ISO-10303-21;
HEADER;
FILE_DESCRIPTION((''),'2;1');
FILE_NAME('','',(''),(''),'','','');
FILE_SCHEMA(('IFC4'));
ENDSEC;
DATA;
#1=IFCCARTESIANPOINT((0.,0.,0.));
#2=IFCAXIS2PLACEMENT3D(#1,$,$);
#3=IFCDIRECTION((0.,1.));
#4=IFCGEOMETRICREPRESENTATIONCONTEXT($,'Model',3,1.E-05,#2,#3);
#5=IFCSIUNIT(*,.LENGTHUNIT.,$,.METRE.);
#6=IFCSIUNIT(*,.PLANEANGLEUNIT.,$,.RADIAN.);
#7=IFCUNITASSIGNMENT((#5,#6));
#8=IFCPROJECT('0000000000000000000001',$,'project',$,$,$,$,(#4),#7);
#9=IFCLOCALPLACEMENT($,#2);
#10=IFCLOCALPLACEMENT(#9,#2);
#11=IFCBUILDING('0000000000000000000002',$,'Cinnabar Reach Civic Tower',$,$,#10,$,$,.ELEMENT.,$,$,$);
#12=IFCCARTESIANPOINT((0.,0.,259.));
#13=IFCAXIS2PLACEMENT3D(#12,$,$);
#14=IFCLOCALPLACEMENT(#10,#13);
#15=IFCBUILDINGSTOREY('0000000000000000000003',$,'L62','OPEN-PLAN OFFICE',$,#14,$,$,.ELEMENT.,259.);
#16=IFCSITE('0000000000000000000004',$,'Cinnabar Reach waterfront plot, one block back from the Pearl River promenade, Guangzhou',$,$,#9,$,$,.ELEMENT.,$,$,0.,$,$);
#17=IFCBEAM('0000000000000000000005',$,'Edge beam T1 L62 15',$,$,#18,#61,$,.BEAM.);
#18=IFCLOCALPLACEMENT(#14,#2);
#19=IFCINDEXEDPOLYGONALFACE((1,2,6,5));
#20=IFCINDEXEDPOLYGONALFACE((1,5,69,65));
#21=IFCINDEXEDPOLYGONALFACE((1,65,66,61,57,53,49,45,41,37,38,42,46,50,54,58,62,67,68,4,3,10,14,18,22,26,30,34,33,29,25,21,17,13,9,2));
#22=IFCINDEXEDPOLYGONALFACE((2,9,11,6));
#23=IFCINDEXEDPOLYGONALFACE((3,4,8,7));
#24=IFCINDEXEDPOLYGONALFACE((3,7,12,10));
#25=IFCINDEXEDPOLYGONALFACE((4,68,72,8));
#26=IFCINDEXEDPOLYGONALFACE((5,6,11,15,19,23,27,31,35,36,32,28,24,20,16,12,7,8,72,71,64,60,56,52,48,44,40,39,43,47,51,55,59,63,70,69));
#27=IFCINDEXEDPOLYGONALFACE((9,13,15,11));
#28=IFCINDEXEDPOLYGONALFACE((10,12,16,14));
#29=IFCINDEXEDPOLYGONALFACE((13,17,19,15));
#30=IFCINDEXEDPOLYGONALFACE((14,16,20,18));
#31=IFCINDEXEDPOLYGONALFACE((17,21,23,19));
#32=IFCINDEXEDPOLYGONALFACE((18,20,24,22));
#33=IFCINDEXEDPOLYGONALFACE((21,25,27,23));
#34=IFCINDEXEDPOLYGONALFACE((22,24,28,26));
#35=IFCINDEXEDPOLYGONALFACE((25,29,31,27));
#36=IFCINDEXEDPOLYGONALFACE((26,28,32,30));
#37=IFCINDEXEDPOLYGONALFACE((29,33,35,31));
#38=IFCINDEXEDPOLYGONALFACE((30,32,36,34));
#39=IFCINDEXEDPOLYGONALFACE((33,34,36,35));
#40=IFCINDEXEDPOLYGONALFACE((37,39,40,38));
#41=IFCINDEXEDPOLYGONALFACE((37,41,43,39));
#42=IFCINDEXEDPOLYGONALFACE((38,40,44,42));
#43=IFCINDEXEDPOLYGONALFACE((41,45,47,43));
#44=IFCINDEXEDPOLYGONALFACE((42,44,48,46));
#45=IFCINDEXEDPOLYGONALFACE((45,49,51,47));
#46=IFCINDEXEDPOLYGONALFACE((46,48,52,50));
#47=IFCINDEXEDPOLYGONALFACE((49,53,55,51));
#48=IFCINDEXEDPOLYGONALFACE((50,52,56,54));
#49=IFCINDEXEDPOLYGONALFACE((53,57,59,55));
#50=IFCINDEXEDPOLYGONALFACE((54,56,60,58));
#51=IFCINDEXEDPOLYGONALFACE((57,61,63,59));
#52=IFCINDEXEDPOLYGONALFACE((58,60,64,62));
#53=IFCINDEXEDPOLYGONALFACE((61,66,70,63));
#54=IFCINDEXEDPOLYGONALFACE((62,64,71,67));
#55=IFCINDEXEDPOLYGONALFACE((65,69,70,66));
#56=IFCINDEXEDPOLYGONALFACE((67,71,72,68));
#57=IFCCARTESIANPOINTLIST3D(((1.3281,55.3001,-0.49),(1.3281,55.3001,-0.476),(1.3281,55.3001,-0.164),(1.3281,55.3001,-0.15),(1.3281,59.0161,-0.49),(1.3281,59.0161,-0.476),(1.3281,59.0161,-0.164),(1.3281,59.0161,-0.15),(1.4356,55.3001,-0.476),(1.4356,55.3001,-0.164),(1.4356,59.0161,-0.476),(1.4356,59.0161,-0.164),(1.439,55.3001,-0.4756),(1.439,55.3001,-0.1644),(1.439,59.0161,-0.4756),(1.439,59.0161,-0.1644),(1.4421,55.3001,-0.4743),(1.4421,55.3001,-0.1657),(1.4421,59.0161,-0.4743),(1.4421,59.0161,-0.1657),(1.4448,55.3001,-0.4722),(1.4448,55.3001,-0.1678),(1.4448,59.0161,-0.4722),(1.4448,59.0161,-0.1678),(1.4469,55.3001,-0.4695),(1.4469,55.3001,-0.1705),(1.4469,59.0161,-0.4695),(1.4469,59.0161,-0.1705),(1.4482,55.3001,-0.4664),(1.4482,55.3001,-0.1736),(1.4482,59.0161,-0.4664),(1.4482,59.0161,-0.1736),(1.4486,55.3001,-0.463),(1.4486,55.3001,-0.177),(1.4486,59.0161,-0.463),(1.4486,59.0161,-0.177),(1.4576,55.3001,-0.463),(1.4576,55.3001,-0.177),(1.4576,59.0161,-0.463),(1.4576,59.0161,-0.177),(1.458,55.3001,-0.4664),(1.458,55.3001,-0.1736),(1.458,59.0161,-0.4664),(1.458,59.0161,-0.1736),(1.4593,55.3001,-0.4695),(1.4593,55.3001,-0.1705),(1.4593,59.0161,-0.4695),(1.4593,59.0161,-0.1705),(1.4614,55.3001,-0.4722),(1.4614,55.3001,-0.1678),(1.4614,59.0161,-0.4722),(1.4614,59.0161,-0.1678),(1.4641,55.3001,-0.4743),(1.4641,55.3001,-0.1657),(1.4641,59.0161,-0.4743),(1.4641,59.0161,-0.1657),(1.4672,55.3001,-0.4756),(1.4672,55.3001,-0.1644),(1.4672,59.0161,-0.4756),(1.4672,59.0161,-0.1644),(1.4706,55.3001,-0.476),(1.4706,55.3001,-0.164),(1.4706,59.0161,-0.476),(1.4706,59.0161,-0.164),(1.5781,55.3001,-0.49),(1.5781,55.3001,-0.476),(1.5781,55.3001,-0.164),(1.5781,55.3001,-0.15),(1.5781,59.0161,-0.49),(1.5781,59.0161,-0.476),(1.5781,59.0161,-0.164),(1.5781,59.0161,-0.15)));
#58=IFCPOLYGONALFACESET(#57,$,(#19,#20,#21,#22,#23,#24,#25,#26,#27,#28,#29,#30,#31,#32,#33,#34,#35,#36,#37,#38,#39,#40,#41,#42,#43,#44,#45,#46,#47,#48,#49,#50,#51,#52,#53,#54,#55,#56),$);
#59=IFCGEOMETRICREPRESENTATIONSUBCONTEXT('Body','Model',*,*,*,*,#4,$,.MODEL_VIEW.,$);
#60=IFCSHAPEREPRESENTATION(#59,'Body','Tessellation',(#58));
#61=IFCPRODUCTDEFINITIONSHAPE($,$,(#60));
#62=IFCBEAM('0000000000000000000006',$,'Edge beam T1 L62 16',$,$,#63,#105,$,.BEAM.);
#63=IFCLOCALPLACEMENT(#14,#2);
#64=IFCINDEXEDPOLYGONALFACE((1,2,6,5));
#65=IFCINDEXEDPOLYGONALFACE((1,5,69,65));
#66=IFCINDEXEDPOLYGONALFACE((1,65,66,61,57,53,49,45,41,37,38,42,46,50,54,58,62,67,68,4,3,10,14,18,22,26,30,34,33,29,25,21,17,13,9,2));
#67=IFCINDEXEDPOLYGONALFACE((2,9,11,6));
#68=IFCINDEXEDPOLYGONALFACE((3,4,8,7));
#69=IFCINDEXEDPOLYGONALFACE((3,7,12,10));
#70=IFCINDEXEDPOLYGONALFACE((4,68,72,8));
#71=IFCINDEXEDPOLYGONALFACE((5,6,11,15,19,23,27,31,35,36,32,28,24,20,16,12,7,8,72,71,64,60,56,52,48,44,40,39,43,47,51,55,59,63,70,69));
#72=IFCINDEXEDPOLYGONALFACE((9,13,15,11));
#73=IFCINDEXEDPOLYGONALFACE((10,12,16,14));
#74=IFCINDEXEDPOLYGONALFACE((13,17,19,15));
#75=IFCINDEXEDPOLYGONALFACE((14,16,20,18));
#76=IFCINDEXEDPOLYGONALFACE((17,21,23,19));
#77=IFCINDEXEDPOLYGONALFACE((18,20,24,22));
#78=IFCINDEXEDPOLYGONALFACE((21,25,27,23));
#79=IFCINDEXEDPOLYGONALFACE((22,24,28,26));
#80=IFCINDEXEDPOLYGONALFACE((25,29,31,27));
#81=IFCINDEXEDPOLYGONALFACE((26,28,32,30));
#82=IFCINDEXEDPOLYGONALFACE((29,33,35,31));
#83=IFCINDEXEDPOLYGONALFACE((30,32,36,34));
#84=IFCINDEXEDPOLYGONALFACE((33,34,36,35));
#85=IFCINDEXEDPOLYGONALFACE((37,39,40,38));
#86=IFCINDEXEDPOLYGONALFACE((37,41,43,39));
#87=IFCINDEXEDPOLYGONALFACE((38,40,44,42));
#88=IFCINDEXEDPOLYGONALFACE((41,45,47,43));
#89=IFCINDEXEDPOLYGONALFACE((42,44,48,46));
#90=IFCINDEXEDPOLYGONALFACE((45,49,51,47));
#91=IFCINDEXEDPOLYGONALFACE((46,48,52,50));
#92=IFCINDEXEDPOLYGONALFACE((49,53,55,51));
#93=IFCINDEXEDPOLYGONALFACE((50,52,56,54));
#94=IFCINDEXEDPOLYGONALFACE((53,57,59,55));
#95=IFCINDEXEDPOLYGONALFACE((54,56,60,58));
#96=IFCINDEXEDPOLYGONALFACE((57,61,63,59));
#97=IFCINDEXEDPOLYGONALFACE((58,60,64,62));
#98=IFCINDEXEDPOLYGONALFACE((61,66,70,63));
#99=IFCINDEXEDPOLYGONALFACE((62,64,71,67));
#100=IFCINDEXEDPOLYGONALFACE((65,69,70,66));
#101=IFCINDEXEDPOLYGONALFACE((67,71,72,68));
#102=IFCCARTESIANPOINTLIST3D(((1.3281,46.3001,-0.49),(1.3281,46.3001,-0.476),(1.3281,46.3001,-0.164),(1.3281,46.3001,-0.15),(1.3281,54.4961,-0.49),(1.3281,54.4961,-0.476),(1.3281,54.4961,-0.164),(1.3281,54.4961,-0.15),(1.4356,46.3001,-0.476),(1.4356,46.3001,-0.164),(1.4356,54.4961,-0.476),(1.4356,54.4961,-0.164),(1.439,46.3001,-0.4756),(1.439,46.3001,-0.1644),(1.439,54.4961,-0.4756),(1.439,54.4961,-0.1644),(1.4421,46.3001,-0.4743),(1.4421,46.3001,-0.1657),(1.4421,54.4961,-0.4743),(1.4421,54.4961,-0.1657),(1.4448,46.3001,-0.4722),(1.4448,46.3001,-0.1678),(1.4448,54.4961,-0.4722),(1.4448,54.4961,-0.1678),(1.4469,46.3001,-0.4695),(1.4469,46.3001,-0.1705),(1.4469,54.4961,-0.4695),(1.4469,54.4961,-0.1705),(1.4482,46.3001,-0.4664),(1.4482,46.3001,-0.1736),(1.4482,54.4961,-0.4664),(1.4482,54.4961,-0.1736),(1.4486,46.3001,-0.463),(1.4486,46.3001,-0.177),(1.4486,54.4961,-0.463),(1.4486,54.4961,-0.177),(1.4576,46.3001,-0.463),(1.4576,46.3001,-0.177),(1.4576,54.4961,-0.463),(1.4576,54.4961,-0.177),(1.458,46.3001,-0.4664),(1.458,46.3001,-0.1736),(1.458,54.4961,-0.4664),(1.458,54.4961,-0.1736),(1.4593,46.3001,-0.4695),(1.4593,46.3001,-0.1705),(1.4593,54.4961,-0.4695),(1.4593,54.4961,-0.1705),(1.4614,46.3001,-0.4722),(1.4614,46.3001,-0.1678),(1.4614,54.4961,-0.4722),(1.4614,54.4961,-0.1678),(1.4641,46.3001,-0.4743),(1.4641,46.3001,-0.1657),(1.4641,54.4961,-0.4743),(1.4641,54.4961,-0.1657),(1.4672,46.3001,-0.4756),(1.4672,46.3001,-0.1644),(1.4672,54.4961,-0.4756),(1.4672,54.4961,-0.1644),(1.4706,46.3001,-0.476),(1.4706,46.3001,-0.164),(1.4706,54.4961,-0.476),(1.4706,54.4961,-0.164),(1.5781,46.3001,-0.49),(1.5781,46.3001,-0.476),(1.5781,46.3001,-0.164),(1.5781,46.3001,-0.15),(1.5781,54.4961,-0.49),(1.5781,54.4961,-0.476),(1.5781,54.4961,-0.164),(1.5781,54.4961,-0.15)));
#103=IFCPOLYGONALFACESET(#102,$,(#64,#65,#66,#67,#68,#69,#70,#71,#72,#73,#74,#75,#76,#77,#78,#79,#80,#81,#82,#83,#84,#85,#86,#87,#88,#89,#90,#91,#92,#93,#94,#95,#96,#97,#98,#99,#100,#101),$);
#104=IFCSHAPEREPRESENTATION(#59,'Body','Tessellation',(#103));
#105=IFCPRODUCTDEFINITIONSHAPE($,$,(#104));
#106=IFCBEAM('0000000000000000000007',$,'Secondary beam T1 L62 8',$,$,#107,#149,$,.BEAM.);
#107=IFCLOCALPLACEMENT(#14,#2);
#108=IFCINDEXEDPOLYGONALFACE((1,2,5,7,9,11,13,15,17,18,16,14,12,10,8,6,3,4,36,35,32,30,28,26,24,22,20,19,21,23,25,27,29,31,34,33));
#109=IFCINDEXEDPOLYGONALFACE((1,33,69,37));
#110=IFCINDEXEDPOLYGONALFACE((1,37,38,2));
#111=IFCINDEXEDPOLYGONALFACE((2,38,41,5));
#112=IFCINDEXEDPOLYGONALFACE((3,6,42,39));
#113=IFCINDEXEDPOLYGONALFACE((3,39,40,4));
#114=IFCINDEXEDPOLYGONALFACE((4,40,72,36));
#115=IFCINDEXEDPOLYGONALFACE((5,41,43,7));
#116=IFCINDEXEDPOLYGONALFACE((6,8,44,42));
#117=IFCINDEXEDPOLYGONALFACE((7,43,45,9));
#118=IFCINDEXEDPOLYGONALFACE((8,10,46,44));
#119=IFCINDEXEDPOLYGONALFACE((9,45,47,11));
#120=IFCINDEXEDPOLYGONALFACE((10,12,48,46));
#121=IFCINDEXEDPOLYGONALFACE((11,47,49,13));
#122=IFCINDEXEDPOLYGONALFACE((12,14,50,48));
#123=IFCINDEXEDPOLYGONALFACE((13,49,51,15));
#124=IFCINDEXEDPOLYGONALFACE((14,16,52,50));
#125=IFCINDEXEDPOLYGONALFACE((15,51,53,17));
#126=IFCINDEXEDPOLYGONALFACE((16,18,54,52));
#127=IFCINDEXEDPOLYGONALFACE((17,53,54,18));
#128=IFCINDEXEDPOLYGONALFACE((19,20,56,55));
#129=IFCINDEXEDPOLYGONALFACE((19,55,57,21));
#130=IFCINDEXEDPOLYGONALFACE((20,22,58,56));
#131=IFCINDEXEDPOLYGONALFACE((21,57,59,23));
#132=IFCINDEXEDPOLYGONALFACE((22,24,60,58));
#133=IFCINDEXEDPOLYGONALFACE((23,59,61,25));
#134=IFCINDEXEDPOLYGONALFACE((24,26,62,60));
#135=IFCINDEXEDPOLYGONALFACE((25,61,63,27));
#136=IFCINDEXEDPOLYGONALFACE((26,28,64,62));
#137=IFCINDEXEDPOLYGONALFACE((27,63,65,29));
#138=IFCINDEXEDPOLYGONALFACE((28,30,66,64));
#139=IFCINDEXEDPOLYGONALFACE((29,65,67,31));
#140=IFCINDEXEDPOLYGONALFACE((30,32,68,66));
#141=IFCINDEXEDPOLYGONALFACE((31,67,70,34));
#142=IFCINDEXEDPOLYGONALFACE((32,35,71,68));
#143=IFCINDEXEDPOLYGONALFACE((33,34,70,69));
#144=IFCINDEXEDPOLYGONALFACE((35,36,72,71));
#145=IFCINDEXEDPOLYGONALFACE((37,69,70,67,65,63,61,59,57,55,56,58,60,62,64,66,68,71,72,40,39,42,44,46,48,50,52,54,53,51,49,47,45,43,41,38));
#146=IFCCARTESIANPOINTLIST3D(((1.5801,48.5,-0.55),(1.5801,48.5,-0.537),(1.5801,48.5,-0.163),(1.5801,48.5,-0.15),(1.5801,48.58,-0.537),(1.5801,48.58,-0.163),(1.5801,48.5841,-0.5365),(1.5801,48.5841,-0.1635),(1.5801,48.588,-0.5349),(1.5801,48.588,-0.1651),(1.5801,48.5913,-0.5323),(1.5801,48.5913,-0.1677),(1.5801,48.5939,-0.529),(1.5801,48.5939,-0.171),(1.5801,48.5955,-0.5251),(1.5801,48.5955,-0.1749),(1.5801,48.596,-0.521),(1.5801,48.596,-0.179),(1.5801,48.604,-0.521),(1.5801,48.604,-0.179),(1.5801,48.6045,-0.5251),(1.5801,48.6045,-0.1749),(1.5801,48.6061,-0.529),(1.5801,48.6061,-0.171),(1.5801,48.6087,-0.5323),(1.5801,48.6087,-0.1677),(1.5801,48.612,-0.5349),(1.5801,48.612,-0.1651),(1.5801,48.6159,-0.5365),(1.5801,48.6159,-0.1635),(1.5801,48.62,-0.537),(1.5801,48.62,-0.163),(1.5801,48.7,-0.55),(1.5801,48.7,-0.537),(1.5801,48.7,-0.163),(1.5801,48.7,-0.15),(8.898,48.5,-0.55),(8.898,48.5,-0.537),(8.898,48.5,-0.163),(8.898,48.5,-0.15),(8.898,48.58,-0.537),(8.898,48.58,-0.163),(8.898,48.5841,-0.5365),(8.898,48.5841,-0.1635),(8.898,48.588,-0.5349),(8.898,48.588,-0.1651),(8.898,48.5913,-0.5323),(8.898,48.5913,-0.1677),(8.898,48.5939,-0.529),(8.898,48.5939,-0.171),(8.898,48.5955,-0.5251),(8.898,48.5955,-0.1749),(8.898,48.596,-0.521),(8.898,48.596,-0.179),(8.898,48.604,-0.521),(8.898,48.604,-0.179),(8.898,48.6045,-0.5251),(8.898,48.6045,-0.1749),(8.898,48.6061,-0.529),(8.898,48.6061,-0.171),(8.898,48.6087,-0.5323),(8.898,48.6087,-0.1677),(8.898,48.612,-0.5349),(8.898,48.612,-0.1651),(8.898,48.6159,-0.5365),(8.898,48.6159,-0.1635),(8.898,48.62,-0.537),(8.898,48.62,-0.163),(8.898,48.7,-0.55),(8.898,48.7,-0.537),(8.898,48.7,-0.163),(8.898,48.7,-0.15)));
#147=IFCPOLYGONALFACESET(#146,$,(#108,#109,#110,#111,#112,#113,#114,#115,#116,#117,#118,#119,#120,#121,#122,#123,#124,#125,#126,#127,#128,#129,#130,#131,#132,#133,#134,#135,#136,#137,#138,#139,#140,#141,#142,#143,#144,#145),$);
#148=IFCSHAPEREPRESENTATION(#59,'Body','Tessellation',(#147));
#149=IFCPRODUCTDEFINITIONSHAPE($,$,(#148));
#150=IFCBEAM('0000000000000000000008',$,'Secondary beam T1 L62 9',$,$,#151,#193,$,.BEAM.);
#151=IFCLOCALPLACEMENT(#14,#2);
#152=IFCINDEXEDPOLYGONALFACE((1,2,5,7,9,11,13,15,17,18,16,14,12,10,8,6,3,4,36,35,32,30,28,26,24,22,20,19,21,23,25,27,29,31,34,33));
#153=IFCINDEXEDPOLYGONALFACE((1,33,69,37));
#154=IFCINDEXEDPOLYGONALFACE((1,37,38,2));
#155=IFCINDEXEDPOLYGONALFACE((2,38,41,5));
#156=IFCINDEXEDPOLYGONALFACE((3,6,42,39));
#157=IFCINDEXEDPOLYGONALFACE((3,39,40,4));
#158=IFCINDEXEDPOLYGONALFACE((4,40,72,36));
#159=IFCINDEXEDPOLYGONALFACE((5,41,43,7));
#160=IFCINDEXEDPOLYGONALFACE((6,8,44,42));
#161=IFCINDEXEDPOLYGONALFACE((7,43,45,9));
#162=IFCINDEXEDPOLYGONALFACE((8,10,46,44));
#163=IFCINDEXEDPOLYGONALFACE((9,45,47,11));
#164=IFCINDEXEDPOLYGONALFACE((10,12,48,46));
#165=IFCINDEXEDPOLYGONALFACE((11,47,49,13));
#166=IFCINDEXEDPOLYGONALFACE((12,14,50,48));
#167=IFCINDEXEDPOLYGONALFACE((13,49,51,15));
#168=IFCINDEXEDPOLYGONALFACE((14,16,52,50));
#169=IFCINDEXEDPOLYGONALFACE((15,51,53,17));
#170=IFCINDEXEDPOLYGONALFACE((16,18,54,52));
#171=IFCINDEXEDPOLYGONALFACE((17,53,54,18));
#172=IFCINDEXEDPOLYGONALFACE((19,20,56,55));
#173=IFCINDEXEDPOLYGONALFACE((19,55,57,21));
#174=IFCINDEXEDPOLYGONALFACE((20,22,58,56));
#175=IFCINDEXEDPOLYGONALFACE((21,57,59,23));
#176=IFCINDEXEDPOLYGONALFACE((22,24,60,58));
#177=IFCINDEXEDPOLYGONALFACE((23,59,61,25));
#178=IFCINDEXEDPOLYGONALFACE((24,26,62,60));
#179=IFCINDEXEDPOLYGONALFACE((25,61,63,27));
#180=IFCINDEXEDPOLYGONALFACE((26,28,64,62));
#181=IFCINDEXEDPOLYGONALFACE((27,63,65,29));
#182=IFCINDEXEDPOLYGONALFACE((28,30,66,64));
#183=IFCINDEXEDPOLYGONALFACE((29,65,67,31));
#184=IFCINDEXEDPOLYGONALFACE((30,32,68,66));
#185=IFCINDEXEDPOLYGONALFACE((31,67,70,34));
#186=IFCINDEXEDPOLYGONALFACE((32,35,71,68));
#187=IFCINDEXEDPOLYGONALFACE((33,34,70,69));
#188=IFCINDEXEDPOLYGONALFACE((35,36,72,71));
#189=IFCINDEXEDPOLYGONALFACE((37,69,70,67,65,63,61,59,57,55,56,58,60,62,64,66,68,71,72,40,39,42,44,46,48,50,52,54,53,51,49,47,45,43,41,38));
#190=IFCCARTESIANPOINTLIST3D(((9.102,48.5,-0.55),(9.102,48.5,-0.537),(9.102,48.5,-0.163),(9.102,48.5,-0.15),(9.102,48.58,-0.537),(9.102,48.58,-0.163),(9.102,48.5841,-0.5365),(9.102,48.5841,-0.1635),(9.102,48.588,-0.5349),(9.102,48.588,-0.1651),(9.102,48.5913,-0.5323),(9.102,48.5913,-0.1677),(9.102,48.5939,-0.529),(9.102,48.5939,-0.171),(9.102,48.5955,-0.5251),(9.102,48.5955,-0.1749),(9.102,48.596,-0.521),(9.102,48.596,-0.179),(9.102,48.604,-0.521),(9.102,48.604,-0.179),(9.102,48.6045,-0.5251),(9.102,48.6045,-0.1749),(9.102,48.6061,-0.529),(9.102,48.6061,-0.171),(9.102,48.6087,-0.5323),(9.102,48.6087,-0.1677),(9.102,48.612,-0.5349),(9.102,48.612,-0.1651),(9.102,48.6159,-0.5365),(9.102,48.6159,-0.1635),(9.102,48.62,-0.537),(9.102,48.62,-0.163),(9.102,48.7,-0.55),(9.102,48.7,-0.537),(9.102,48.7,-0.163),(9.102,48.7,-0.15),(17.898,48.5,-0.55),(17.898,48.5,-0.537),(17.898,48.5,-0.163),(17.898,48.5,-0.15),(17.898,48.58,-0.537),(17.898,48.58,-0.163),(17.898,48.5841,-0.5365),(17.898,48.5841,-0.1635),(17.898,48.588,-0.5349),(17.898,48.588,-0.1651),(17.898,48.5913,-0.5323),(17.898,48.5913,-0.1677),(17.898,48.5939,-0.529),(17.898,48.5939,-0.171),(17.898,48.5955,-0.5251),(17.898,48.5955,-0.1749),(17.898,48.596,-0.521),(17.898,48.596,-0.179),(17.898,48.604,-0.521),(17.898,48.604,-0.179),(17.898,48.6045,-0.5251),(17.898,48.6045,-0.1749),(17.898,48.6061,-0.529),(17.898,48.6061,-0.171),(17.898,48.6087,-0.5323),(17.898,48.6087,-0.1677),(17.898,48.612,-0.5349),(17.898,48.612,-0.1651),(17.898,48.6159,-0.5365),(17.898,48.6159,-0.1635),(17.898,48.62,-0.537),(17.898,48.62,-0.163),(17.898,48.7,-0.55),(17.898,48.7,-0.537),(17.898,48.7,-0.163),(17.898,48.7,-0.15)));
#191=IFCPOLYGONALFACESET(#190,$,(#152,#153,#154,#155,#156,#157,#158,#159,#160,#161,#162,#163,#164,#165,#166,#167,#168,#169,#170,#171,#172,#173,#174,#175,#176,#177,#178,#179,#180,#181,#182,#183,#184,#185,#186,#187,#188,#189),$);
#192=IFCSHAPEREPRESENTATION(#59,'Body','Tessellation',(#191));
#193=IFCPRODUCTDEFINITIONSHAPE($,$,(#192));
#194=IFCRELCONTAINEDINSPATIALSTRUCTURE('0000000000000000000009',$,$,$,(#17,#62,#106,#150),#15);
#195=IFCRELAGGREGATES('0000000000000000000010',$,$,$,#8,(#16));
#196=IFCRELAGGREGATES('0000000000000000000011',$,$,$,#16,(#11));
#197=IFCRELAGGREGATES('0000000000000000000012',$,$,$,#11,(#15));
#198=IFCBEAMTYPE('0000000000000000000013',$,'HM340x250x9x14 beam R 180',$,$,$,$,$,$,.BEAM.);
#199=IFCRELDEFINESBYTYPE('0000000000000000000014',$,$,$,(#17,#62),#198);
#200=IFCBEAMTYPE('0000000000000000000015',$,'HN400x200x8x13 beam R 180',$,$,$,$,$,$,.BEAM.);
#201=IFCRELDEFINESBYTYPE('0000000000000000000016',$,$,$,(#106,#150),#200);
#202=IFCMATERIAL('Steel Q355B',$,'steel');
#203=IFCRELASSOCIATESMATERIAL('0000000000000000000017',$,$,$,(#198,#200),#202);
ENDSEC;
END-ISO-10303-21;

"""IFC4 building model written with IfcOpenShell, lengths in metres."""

from ifc_helpers import new_model, si_unit, direction, frame, origin, origin_2d, place, context, subcontext, project, spatial, i_section, extrude, material, material_profile, profile_set, type_object, element, save


model = new_model("IFC4")

# Units and contexts
model_context = context("Model", 3, precision=1e-05, world=origin(), true_north=direction((0.0, 1.0)))
body_context = subcontext(model_context, "Body", "Model", "MODEL_VIEW")
ifc_project = project(units=[si_unit("LENGTHUNIT", "METRE"), si_unit("PLANEANGLEUNIT", "RADIAN")], contexts=[model_context])

# Site, building, storey
site_placement = place(None, origin())
site = spatial("IfcSite", under=ifc_project, at=site_placement, Name="Cinnabar Reach waterfront plot, one block back from the Pearl River promenade, Guangzhou", CompositionType="ELEMENT", RefElevation=0.0)
building_placement = place(site_placement, origin())
building = spatial("IfcBuilding", under=site, at=building_placement, Name="Cinnabar Reach Civic Tower", CompositionType="ELEMENT")
storey_placement = place(building_placement, frame((0.0, 0.0, 259.0)))
storey = spatial("IfcBuildingStorey", under=building, at=storey_placement, Name="L62", Description="OPEN-PLAN OFFICE", CompositionType="ELEMENT", Elevation=259.0)

# Beams
ifc_material_1 = material(Name="Steel Q355B", Category="steel")
ifc_material_profile_1 = material_profile(ifc_material_1, i_section(OverallWidth=0.25, OverallDepth=0.34, WebThickness=0.009, FlangeThickness=0.014, FilletRadius=0.013, at=origin_2d()), Name="HM340x250x9x14")
ifc_profile_set_1 = profile_set([ifc_material_profile_1], Name="Steel Q355B")
beam_type_1 = type_object("IfcBeamType", Name="HM340x250x9x14 beam R 180", PredefinedType="BEAM", material=ifc_profile_set_1)
beam_1_placement = place(storey_placement, frame((1.4531, 59.0161, -0.32), z_axis=(0.0, -1.0, 0.0), x_axis=(1.0, 0.0, 0.0)))
element("IfcBeam", 1, at=beam_1_placement, inside=storey, type_object=beam_type_1, Name="Edge beam T1 L62 15", PredefinedType="BEAM", context=body_context, shape_type="SweptSolid", body=[
    extrude(i_section(OverallWidth=0.25, OverallDepth=0.34, WebThickness=0.009, FlangeThickness=0.014, FilletRadius=0.013, at=origin_2d()), origin(), (0.0, 0.0, 1.0), 3.716),
])
beam_2_placement = place(storey_placement, frame((1.4531, 54.4961, -0.32), z_axis=(0.0, -1.0, 0.0), x_axis=(1.0, 0.0, 0.0)))
element("IfcBeam", 2, at=beam_2_placement, inside=storey, type_object=beam_type_1, Name="Edge beam T1 L62 16", PredefinedType="BEAM", context=body_context, shape_type="SweptSolid", body=[
    extrude(i_section(OverallWidth=0.25, OverallDepth=0.34, WebThickness=0.009, FlangeThickness=0.014, FilletRadius=0.013, at=origin_2d()), origin(), (0.0, 0.0, 1.0), 8.196),
])
ifc_material_profile_2 = material_profile(ifc_material_1, i_section(OverallWidth=0.2, OverallDepth=0.4, WebThickness=0.008, FlangeThickness=0.013, FilletRadius=0.016, at=origin_2d()), Name="HN400x200x8x13")
ifc_profile_set_2 = profile_set([ifc_material_profile_2], Name="Steel Q355B")
beam_type_2 = type_object("IfcBeamType", Name="HN400x200x8x13 beam R 180", PredefinedType="BEAM", material=ifc_profile_set_2)
beam_3_placement = place(storey_placement, frame((1.5801, 48.6, -0.35), z_axis=(1.0, 0.0, 0.0), x_axis=(0.0, 1.0, 0.0)))
element("IfcBeam", 3, at=beam_3_placement, inside=storey, type_object=beam_type_2, Name="Secondary beam T1 L62 8", PredefinedType="BEAM", context=body_context, shape_type="SweptSolid", body=[
    extrude(i_section(OverallWidth=0.2, OverallDepth=0.4, WebThickness=0.008, FlangeThickness=0.013, FilletRadius=0.016, at=origin_2d()), origin(), (0.0, 0.0, 1.0), 7.3179),
])
beam_4_placement = place(storey_placement, frame((9.102, 48.6, -0.35), z_axis=(1.0, 0.0, 0.0), x_axis=(0.0, 1.0, 0.0)))
element("IfcBeam", 4, at=beam_4_placement, inside=storey, type_object=beam_type_2, Name="Secondary beam T1 L62 9", PredefinedType="BEAM", context=body_context, shape_type="SweptSolid", body=[
    extrude(i_section(OverallWidth=0.2, OverallDepth=0.4, WebThickness=0.008, FlangeThickness=0.013, FilletRadius=0.016, at=origin_2d()), origin(), (0.0, 0.0, 1.0), 8.796),
])

save(model, "model.ifc")
